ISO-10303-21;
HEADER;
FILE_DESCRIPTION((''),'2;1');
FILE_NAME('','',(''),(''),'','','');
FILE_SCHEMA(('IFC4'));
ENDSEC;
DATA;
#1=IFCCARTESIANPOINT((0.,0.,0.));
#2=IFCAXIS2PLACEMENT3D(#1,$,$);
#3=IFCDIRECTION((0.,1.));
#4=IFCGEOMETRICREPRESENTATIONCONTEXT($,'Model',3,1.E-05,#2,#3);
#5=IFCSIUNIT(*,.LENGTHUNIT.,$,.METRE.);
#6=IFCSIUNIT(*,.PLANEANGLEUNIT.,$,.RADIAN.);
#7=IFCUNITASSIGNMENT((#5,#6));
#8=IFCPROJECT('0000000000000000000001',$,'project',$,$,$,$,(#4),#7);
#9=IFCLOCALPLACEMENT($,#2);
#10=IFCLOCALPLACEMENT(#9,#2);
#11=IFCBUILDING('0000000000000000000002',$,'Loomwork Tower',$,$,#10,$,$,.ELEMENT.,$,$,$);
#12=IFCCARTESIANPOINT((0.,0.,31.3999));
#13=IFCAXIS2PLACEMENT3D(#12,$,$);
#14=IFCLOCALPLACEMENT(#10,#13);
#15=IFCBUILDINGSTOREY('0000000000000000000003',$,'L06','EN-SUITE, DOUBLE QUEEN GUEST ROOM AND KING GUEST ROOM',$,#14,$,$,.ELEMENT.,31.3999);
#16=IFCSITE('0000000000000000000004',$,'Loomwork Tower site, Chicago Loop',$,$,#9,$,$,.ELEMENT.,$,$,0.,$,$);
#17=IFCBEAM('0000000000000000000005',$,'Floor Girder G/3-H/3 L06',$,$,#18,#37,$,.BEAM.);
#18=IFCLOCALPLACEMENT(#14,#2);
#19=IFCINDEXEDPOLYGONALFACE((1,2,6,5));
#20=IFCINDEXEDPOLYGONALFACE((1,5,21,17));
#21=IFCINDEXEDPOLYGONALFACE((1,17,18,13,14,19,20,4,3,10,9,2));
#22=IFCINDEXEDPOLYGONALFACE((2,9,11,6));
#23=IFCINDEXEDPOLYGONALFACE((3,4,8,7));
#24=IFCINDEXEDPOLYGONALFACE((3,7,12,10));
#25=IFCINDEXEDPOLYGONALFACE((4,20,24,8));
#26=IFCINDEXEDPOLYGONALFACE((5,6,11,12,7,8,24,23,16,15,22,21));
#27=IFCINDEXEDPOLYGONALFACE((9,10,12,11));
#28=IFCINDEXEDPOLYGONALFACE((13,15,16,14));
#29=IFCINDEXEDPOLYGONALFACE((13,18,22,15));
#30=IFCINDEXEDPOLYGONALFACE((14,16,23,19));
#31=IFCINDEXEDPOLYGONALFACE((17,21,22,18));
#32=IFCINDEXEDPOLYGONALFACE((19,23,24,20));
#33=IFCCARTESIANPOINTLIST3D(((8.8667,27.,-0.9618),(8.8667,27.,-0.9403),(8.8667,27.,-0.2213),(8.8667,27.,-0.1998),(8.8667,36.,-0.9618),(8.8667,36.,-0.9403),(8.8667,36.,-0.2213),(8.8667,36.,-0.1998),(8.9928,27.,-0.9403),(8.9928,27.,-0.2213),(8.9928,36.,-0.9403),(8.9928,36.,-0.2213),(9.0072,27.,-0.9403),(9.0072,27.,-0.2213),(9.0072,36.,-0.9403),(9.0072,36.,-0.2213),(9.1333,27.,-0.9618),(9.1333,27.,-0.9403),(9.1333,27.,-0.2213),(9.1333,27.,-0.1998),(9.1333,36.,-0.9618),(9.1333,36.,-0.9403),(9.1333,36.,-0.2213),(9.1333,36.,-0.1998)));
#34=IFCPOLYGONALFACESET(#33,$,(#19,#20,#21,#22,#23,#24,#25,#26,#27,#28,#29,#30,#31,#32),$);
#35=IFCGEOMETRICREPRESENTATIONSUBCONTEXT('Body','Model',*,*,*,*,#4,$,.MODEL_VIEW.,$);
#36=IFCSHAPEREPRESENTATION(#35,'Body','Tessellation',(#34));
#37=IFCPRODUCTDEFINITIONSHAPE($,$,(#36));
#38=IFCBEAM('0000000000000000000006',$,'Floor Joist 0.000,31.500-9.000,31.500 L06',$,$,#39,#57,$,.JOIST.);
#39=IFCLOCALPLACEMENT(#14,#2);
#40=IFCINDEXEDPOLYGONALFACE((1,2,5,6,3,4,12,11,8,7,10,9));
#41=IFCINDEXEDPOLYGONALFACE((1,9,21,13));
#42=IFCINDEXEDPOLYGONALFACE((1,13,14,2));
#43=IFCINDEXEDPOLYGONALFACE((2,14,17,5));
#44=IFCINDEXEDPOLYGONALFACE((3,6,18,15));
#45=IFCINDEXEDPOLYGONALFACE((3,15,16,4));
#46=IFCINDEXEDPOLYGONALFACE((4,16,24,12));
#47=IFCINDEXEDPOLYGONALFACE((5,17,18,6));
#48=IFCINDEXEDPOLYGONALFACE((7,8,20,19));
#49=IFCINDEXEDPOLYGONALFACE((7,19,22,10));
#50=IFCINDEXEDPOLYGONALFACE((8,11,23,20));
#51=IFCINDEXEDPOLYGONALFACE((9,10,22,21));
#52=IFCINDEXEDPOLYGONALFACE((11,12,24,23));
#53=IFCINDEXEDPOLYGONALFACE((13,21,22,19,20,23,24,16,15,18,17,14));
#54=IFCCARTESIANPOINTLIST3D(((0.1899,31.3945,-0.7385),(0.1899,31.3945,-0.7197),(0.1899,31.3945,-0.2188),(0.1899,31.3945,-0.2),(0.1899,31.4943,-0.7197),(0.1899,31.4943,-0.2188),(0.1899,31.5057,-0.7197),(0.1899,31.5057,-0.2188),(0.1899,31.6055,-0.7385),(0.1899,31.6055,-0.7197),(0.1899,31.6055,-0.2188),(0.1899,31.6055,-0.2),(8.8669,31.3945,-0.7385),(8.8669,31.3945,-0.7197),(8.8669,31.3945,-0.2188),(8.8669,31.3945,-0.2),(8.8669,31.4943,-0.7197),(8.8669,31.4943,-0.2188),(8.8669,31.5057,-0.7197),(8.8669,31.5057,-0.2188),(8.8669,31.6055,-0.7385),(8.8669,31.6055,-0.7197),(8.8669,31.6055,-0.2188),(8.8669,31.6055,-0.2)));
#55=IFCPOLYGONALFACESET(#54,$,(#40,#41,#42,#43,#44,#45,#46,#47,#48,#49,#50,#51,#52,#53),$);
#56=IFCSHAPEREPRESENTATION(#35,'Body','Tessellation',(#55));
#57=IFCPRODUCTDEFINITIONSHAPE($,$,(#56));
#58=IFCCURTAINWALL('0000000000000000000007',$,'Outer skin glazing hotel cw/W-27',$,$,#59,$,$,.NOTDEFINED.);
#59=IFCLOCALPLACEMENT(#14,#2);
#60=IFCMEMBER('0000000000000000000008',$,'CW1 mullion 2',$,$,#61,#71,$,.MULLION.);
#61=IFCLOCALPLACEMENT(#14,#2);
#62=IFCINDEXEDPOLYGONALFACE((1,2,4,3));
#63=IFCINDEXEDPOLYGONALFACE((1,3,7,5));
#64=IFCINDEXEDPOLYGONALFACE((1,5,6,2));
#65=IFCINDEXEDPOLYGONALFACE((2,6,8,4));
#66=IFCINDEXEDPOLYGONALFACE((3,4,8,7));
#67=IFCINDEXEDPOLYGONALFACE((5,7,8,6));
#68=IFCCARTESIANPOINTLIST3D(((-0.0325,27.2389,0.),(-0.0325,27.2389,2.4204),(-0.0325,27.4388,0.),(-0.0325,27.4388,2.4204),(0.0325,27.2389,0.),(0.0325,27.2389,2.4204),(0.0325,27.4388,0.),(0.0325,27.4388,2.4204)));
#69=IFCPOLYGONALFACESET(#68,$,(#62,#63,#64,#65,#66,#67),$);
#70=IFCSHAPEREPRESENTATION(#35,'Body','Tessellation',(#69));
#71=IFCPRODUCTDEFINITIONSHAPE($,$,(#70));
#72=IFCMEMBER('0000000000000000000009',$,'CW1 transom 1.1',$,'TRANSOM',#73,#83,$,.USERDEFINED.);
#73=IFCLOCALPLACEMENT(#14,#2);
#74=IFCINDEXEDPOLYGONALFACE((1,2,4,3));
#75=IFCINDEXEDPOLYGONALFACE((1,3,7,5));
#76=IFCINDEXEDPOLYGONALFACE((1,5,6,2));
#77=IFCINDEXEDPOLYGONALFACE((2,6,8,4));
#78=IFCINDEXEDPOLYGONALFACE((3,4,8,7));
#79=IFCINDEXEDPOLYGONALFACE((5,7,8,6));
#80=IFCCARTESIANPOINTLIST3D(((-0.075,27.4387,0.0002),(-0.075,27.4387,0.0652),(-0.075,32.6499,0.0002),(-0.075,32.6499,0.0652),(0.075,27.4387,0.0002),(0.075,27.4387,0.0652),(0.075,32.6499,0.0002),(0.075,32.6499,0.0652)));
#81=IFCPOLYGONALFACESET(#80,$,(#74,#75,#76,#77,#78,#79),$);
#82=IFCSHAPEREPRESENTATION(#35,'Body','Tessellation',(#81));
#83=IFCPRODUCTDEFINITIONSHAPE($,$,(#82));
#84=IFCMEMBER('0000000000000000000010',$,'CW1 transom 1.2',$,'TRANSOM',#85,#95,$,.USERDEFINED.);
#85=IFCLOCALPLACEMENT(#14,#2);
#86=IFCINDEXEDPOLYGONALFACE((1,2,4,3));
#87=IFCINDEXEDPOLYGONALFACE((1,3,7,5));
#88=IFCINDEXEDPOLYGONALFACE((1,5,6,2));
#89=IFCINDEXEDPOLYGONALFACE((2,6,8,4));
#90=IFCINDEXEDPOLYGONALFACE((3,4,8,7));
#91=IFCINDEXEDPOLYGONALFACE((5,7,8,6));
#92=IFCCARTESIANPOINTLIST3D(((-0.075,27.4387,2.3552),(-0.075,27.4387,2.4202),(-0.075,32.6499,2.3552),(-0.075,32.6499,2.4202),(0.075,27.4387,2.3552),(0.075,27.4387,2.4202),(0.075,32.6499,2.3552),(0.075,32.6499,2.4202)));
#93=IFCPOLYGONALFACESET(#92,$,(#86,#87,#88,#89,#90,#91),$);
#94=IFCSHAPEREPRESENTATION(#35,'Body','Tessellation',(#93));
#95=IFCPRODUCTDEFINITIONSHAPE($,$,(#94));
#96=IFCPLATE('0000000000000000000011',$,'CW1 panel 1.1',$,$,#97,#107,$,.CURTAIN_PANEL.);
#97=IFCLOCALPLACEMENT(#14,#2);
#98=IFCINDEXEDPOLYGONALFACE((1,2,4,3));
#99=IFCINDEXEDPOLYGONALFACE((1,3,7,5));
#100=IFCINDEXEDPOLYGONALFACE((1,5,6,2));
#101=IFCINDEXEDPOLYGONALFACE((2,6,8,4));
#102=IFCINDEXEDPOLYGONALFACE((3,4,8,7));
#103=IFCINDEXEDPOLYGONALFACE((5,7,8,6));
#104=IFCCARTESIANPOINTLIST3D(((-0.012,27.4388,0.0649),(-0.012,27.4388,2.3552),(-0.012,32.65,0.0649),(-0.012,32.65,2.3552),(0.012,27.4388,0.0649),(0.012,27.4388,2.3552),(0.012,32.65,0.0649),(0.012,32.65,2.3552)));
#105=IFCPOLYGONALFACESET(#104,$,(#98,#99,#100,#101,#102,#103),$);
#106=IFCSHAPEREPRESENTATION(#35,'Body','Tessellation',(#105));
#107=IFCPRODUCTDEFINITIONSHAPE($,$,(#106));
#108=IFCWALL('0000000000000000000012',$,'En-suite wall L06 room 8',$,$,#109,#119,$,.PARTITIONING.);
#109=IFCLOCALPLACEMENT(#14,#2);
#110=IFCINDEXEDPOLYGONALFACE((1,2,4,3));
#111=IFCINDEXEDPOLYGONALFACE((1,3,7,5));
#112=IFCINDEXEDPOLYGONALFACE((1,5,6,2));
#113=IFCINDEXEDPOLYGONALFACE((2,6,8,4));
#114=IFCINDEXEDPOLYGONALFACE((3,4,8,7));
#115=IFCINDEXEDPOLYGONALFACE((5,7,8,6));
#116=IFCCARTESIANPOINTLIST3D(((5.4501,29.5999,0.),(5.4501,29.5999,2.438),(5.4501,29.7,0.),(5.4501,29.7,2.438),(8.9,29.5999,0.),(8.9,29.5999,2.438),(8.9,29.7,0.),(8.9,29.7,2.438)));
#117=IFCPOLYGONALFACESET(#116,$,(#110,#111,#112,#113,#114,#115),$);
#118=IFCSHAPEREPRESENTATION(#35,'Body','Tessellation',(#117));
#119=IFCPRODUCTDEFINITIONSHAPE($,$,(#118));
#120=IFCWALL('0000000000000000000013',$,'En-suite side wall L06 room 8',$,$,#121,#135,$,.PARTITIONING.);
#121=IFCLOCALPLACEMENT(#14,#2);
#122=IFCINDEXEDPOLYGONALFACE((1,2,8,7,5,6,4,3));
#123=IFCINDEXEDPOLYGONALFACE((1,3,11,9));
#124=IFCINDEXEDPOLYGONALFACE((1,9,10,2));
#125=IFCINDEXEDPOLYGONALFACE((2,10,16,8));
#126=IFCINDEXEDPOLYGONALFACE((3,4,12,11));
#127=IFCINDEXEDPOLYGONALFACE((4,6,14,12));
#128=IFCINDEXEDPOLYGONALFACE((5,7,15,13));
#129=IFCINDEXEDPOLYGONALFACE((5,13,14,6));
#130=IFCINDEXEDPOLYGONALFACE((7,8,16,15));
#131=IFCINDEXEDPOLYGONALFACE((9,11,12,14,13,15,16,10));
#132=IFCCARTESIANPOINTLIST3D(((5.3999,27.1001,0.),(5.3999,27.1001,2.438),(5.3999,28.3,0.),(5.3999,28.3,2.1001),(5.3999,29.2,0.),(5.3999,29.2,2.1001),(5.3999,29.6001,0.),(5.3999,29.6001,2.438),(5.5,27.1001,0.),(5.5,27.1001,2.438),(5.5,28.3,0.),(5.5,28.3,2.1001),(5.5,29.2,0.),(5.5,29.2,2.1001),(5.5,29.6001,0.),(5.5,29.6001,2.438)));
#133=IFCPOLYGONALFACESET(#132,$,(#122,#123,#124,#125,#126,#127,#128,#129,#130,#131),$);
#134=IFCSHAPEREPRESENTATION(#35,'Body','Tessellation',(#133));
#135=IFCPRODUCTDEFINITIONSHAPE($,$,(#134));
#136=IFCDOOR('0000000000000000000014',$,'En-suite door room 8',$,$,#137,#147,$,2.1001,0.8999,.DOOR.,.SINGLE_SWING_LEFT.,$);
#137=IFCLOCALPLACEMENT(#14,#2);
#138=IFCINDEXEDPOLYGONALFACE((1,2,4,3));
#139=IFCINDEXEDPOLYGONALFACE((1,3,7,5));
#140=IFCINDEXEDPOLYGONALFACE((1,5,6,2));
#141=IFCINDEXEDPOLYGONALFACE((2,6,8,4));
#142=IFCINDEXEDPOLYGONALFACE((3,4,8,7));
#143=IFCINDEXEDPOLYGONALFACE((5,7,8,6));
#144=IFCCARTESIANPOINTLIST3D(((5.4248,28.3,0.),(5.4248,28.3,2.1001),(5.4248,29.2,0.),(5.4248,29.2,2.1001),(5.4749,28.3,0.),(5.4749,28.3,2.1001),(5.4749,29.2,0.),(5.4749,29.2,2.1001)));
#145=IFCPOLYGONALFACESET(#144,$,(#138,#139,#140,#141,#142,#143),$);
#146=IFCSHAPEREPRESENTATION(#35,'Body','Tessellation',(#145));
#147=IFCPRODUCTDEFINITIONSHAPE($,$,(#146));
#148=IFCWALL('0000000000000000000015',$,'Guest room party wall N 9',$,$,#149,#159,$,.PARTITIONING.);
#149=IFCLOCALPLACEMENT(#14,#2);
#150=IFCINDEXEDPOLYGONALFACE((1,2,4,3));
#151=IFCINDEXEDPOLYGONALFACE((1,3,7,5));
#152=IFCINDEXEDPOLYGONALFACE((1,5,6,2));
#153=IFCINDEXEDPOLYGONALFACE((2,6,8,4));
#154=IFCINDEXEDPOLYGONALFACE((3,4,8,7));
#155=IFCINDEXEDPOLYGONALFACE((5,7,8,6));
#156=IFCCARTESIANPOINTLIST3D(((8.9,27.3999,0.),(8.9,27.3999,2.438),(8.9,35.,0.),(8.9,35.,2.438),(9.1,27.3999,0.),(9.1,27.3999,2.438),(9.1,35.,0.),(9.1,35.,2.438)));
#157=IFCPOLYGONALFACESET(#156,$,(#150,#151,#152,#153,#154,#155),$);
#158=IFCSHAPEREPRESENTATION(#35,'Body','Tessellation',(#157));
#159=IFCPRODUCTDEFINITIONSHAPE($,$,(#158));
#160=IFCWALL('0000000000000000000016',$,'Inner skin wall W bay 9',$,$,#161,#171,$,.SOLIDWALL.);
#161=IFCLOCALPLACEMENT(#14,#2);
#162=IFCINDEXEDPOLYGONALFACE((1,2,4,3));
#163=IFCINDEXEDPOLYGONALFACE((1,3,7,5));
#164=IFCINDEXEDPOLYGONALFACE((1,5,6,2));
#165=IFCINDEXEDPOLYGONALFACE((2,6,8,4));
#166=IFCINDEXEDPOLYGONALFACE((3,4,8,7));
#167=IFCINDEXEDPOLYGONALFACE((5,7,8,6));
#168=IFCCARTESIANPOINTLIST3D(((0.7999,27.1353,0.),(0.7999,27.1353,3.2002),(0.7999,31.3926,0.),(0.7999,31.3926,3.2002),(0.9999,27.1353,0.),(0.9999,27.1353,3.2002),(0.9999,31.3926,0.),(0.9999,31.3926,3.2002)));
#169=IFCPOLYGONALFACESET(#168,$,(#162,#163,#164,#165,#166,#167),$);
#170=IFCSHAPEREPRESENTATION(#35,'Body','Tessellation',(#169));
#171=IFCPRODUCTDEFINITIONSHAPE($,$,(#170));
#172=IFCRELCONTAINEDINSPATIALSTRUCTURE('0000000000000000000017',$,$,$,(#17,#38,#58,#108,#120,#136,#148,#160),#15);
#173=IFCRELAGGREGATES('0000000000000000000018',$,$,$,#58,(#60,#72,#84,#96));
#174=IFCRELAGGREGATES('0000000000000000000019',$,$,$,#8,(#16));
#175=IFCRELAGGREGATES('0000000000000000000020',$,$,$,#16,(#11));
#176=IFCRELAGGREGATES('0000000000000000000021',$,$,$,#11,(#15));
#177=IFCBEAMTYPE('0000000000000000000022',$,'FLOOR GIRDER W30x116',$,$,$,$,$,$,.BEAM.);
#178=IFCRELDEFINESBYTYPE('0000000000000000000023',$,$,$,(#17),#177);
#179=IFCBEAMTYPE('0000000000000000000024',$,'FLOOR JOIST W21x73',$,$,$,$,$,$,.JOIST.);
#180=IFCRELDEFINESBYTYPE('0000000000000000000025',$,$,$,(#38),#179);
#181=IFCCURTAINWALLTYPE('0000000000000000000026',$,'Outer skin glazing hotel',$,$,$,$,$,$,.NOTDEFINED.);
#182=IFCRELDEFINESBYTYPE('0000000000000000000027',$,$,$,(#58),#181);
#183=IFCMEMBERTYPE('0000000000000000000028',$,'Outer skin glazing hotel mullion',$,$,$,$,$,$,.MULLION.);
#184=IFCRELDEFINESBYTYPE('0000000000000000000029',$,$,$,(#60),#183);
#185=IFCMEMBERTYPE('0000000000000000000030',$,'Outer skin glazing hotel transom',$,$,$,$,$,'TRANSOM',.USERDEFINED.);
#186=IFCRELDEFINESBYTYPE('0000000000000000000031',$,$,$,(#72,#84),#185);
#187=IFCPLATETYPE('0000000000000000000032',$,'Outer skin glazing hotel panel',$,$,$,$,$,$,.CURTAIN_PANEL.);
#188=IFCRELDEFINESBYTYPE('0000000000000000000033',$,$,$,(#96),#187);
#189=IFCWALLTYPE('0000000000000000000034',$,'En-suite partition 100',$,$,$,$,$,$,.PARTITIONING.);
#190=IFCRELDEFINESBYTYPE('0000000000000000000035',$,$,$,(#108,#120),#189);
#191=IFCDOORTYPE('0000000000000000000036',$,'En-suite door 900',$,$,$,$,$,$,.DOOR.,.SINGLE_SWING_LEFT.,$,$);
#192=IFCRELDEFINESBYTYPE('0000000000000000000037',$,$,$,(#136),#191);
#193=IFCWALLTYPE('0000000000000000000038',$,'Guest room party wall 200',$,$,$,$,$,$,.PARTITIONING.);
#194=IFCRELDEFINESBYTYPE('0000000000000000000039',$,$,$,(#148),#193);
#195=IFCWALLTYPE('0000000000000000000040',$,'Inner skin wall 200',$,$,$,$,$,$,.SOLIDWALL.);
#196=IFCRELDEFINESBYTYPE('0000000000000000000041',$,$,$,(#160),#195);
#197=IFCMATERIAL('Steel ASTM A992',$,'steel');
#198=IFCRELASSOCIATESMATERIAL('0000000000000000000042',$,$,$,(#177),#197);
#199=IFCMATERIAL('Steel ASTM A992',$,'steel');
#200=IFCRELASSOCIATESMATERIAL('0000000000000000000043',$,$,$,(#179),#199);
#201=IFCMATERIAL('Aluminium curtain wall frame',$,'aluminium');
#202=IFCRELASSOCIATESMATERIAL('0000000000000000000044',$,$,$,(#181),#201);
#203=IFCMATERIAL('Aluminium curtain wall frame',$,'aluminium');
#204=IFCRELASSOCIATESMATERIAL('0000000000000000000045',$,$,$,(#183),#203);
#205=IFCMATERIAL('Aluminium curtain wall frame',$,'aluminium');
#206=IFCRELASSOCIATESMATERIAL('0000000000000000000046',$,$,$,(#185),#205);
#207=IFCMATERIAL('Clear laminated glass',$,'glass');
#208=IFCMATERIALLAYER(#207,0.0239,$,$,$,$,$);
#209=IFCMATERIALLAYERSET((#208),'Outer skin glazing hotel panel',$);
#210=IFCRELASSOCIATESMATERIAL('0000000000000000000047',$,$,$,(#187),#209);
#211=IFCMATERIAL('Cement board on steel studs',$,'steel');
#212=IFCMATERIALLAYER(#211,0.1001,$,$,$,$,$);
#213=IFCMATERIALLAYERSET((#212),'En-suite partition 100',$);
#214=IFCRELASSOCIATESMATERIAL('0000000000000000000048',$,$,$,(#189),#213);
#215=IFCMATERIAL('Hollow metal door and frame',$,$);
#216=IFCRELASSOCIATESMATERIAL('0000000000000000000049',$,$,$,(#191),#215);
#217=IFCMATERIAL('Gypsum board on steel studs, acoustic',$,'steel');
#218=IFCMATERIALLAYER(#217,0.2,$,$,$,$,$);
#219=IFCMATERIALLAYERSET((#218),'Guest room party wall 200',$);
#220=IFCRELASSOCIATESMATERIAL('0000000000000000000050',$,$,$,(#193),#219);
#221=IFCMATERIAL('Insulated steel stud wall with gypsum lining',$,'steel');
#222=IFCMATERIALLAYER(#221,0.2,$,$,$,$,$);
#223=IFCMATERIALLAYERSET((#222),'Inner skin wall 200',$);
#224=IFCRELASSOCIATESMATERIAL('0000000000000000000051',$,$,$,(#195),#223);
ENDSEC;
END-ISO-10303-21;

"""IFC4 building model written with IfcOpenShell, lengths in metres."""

from ifc_helpers import new_model, si_unit, direction, frame, frame_2d, origin, origin_2d, place, context, subcontext, project, spatial, rectangle, i_section, extrude, material, layer, layer_set, material_profile, profile_set, type_object, element, fill, aggregate, save


model = new_model("IFC4")

# Units and contexts
model_context = context("Model", 3, precision=1e-05, world=origin(), true_north=direction((0.0, 1.0)))
body_context = subcontext(model_context, "Body", "Model", "MODEL_VIEW")
ifc_project = project(units=[si_unit("LENGTHUNIT", "METRE"), si_unit("PLANEANGLEUNIT", "RADIAN")], contexts=[model_context])

# Site, building, storey
site_placement = place(None, origin())
site = spatial("IfcSite", under=ifc_project, at=site_placement, Name="Loomwork Tower site, Chicago Loop", CompositionType="ELEMENT", RefElevation=0.0)
building_placement = place(site_placement, origin())
building = spatial("IfcBuilding", under=site, at=building_placement, Name="Loomwork Tower", CompositionType="ELEMENT")
storey_placement = place(building_placement, frame((0.0, 0.0, 31.3999)))
storey = spatial("IfcBuildingStorey", under=building, at=storey_placement, Name="L06", Description="EN-SUITE, DOUBLE QUEEN GUEST ROOM AND KING GUEST ROOM", CompositionType="ELEMENT", Elevation=31.3999)

# Beams
ifc_material_1 = material(Name="Steel ASTM A992", Category="steel")
ifc_material_profile_1 = material_profile(ifc_material_1, i_section(OverallWidth=0.2666, OverallDepth=0.762, WebThickness=0.0144, FlangeThickness=0.0215, at=origin_2d()), Name="W30x116")
ifc_profile_set_1 = profile_set([ifc_material_profile_1], Name="Steel ASTM A992")
beam_type_1 = type_object("IfcBeamType", Name="FLOOR GIRDER W30x116", PredefinedType="BEAM", material=ifc_profile_set_1)
beam_1_placement = place(storey_placement, frame((9.0, 27.0, -0.5808), z_axis=(0.0, 1.0, 0.0), x_axis=(-1.0, 0.0, 0.0)))
element("IfcBeam", 1, at=beam_1_placement, inside=storey, type_object=beam_type_1, Name="Floor Girder G/3-H/3 L06", PredefinedType="BEAM", context=body_context, shape_type="SweptSolid", body=[
    extrude(i_section(OverallWidth=0.2666, OverallDepth=0.762, WebThickness=0.0144, FlangeThickness=0.0215, at=origin_2d()), origin(), (0.0, 0.0, 1.0), 9.0),
])
ifc_material_2 = material(Name="Steel ASTM A992", Category="steel")
ifc_material_profile_2 = material_profile(ifc_material_2, i_section(OverallWidth=0.2109, OverallDepth=0.5386, WebThickness=0.0115, FlangeThickness=0.0188, at=origin_2d()), Name="W21x73")
ifc_profile_set_2 = profile_set([ifc_material_profile_2], Name="Steel ASTM A992")
beam_type_2 = type_object("IfcBeamType", Name="FLOOR JOIST W21x73", PredefinedType="JOIST", material=ifc_profile_set_2)
beam_2_placement = place(storey_placement, frame((0.1899, 31.5, -0.4692), z_axis=(1.0, 0.0, 0.0), x_axis=(0.0, 1.0, 0.0)))
element("IfcBeam", 2, at=beam_2_placement, inside=storey, type_object=beam_type_2, Name="Floor Joist 0.000,31.500-9.000,31.500 L06", PredefinedType="JOIST", context=body_context, shape_type="SweptSolid", body=[
    extrude(i_section(OverallWidth=0.2109, OverallDepth=0.5386, WebThickness=0.0115, FlangeThickness=0.0188, at=origin_2d()), origin(), (0.0, 0.0, 1.0), 8.677),
])

# Curtain wall, members, plate
ifc_material_3 = material(Name="Aluminium curtain wall frame", Category="aluminium")
curtain_wall_type = type_object("IfcCurtainWallType", Name="Outer skin glazing hotel", PredefinedType="NOTDEFINED", material=ifc_material_3)
curtain_wall_placement = place(storey_placement, origin())
curtain_wall = element("IfcCurtainWall", 3, at=curtain_wall_placement, inside=storey, type_object=curtain_wall_type, Name="Outer skin glazing hotel cw/W-27", PredefinedType="NOTDEFINED")
ifc_material_4 = material(Name="Aluminium curtain wall frame", Category="aluminium")
ifc_material_profile_3 = material_profile(ifc_material_4, rectangle(XDim=0.0649, YDim=0.2, at=origin_2d()), Name="AL 65x200")
ifc_profile_set_3 = profile_set([ifc_material_profile_3], Name="Aluminium curtain wall frame")
member_type_1 = type_object("IfcMemberType", Name="Outer skin glazing hotel mullion", PredefinedType="MULLION", material=ifc_profile_set_3)
member_1_placement = place(storey_placement, frame((0.0, 27.3389, 0.0), z_axis=(0.0, 0.0, 1.0), x_axis=(1.0, 0.0, 0.0)))
member_1 = element("IfcMember", 4, at=member_1_placement, type_object=member_type_1, Name="CW1 mullion 2", PredefinedType="MULLION", context=body_context, shape_type="SweptSolid", body=[
    extrude(rectangle(XDim=0.0649, YDim=0.2, at=origin_2d()), origin(), (0.0, 0.0, 1.0), 2.4204),
])
ifc_material_5 = material(Name="Aluminium curtain wall frame", Category="aluminium")
ifc_material_profile_4 = material_profile(ifc_material_5, rectangle(XDim=0.1499, YDim=0.0649, at=origin_2d()), Name="AL 65x150")
ifc_profile_set_4 = profile_set([ifc_material_profile_4], Name="Aluminium curtain wall frame")
member_type_2 = type_object("IfcMemberType", Name="Outer skin glazing hotel transom", ElementType="TRANSOM", PredefinedType="USERDEFINED", material=ifc_profile_set_4)
member_2_placement = place(storey_placement, frame((0.0, 32.6499, 0.0327), z_axis=(0.0, -1.0, 0.0), x_axis=(1.0, 0.0, 0.0)))
member_2 = element("IfcMember", 5, at=member_2_placement, type_object=member_type_2, Name="CW1 transom 1.1", ObjectType="TRANSOM", PredefinedType="USERDEFINED", context=body_context, shape_type="SweptSolid", body=[
    extrude(rectangle(XDim=0.1499, YDim=0.0649, at=origin_2d()), origin(), (0.0, 0.0, 1.0), 5.2112),
])
member_3_placement = place(storey_placement, frame((0.0, 32.6499, 2.3877), z_axis=(0.0, -1.0, 0.0), x_axis=(1.0, 0.0, 0.0)))
member_3 = element("IfcMember", 6, at=member_3_placement, type_object=member_type_2, Name="CW1 transom 1.2", ObjectType="TRANSOM", PredefinedType="USERDEFINED", context=body_context, shape_type="SweptSolid", body=[
    extrude(rectangle(XDim=0.1499, YDim=0.0649, at=origin_2d()), origin(), (0.0, 0.0, 1.0), 5.2112),
])
ifc_material_6 = material(Name="Clear laminated glass", Category="glass")
ifc_layer_1 = layer(ifc_material_6, 0.0239)
ifc_layer_set_1 = layer_set([ifc_layer_1], Name="Outer skin glazing hotel panel")
plate_type = type_object("IfcPlateType", Name="Outer skin glazing hotel panel", PredefinedType="CURTAIN_PANEL", material=ifc_layer_set_1)
plate_placement = place(storey_placement, frame((0.0, 30.0444, 0.0649), z_axis=(0.0, 0.0, 1.0), x_axis=(0.0, -1.0, 0.0)))
plate = element("IfcPlate", 7, at=plate_placement, type_object=plate_type, Name="CW1 panel 1.1", PredefinedType="CURTAIN_PANEL", context=body_context, shape_type="SweptSolid", body=[
    extrude(rectangle(XDim=5.2112, YDim=0.0239, at=origin_2d()), origin(), (0.0, 0.0, 1.0), 2.2903),
])
aggregate(curtain_wall, [member_1, member_2, member_3, plate])

# Wall
ifc_material_7 = material(Name="Cement board on steel studs", Category="steel")
ifc_layer_2 = layer(ifc_material_7, 0.1001)
ifc_layer_set_2 = layer_set([ifc_layer_2], Name="En-suite partition 100")
wall_type_1 = type_object("IfcWallType", Name="En-suite partition 100", PredefinedType="PARTITIONING", material=ifc_layer_set_2)
wall_1_placement = place(storey_placement, frame((5.45, 29.6499, 0.0), z_axis=(0.0, 0.0, 1.0), x_axis=(1.0, 0.0, 0.0)))
element("IfcWall", 8, at=wall_1_placement, inside=storey, type_object=wall_type_1, Name="En-suite wall L06 room 8", PredefinedType="PARTITIONING", context=body_context, shape_type="SweptSolid", body=[
    extrude(rectangle(XDim=3.45, YDim=0.1001, at=frame_2d((1.7251, 0.0))), origin(), (0.0, 0.0, 1.0), 2.438),
])

# Wall, opening, door
wall_2_placement = place(storey_placement, frame((5.45, 27.1001, 0.0), z_axis=(0.0, 0.0, 1.0), x_axis=(0.0, 1.0, 0.0)))
wall_2 = element("IfcWall", 9, at=wall_2_placement, inside=storey, type_object=wall_type_1, Name="En-suite side wall L06 room 8", PredefinedType="PARTITIONING", context=body_context, shape_type="SweptSolid", body=[
    extrude(rectangle(XDim=2.5, YDim=0.1001, at=frame_2d((1.25, 0.0))), origin(), (0.0, 0.0, 1.0), 2.438),
])
opening_placement = place(wall_2_placement, frame((1.2, 0.0, 0.0)))
opening = element("IfcOpeningElement", 10, at=opening_placement, cuts=wall_2, PredefinedType="OPENING", context=body_context, shape_type="SweptSolid", body=[
    extrude(rectangle(XDim=0.8999, YDim=2.1001, at=frame_2d((0.45, 1.05))), frame((0.0, 0.0601, 0.0), z_axis=(0.0, -1.0, 0.0), x_axis=(1.0, 0.0, 0.0)), (0.0, 0.0, 1.0), 0.1201),
])
ifc_material_8 = material(Name="Hollow metal door and frame")
door_type = type_object("IfcDoorType", Name="En-suite door 900", OperationType="SINGLE_SWING_LEFT", PredefinedType="DOOR", material=ifc_material_8)
door_placement = place(opening_placement, frame((0.8999, 0.0, 0.0), z_axis=(0.0, 0.0, 1.0), x_axis=(-1.0, 0.0, 0.0)))
door = element("IfcDoor", 11, at=door_placement, inside=storey, type_object=door_type, Name="En-suite door room 8", OperationType="SINGLE_SWING_LEFT", OverallHeight=2.1001, OverallWidth=0.8999, PredefinedType="DOOR", context=body_context, shape_type="SweptSolid", body=[
    extrude(rectangle(XDim=0.8999, YDim=2.1001, at=frame_2d((0.45, 1.05))), frame((0.0, 0.0249, 0.0), z_axis=(0.0, -1.0, 0.0), x_axis=(1.0, 0.0, 0.0)), (0.0, 0.0, 1.0), 0.05),
])
fill(opening, door)

# Walls
ifc_material_9 = material(Name="Gypsum board on steel studs, acoustic", Category="steel")
ifc_layer_3 = layer(ifc_material_9, 0.2)
ifc_layer_set_3 = layer_set([ifc_layer_3], Name="Guest room party wall 200")
wall_type_2 = type_object("IfcWallType", Name="Guest room party wall 200", PredefinedType="PARTITIONING", material=ifc_layer_set_3)
wall_3_placement = place(storey_placement, frame((9.0, 27.3999, 0.0), z_axis=(0.0, 0.0, 1.0), x_axis=(0.0, 1.0, 0.0)))
element("IfcWall", 12, at=wall_3_placement, inside=storey, type_object=wall_type_2, Name="Guest room party wall N 9", PredefinedType="PARTITIONING", context=body_context, shape_type="SweptSolid", body=[
    extrude(rectangle(XDim=7.6001, YDim=0.2, at=frame_2d((3.8, 0.0))), origin(), (0.0, 0.0, 1.0), 2.438),
])
ifc_material_10 = material(Name="Insulated steel stud wall with gypsum lining", Category="steel")
ifc_layer_4 = layer(ifc_material_10, 0.2)
ifc_layer_set_4 = layer_set([ifc_layer_4], Name="Inner skin wall 200")
wall_type_3 = type_object("IfcWallType", Name="Inner skin wall 200", PredefinedType="SOLIDWALL", material=ifc_layer_set_4)
wall_4_placement = place(storey_placement, frame((0.8999, 27.1353, 0.0), z_axis=(0.0, 0.0, 1.0), x_axis=(0.0, 1.0, 0.0)))
element("IfcWall", 13, at=wall_4_placement, inside=storey, type_object=wall_type_3, Name="Inner skin wall W bay 9", PredefinedType="SOLIDWALL", context=body_context, shape_type="SweptSolid", body=[
    extrude(rectangle(XDim=4.2573, YDim=0.2, at=frame_2d((2.1287, 0.0))), origin(), (0.0, 0.0, 1.0), 3.2002),
])

save(model, "model.ifc")
